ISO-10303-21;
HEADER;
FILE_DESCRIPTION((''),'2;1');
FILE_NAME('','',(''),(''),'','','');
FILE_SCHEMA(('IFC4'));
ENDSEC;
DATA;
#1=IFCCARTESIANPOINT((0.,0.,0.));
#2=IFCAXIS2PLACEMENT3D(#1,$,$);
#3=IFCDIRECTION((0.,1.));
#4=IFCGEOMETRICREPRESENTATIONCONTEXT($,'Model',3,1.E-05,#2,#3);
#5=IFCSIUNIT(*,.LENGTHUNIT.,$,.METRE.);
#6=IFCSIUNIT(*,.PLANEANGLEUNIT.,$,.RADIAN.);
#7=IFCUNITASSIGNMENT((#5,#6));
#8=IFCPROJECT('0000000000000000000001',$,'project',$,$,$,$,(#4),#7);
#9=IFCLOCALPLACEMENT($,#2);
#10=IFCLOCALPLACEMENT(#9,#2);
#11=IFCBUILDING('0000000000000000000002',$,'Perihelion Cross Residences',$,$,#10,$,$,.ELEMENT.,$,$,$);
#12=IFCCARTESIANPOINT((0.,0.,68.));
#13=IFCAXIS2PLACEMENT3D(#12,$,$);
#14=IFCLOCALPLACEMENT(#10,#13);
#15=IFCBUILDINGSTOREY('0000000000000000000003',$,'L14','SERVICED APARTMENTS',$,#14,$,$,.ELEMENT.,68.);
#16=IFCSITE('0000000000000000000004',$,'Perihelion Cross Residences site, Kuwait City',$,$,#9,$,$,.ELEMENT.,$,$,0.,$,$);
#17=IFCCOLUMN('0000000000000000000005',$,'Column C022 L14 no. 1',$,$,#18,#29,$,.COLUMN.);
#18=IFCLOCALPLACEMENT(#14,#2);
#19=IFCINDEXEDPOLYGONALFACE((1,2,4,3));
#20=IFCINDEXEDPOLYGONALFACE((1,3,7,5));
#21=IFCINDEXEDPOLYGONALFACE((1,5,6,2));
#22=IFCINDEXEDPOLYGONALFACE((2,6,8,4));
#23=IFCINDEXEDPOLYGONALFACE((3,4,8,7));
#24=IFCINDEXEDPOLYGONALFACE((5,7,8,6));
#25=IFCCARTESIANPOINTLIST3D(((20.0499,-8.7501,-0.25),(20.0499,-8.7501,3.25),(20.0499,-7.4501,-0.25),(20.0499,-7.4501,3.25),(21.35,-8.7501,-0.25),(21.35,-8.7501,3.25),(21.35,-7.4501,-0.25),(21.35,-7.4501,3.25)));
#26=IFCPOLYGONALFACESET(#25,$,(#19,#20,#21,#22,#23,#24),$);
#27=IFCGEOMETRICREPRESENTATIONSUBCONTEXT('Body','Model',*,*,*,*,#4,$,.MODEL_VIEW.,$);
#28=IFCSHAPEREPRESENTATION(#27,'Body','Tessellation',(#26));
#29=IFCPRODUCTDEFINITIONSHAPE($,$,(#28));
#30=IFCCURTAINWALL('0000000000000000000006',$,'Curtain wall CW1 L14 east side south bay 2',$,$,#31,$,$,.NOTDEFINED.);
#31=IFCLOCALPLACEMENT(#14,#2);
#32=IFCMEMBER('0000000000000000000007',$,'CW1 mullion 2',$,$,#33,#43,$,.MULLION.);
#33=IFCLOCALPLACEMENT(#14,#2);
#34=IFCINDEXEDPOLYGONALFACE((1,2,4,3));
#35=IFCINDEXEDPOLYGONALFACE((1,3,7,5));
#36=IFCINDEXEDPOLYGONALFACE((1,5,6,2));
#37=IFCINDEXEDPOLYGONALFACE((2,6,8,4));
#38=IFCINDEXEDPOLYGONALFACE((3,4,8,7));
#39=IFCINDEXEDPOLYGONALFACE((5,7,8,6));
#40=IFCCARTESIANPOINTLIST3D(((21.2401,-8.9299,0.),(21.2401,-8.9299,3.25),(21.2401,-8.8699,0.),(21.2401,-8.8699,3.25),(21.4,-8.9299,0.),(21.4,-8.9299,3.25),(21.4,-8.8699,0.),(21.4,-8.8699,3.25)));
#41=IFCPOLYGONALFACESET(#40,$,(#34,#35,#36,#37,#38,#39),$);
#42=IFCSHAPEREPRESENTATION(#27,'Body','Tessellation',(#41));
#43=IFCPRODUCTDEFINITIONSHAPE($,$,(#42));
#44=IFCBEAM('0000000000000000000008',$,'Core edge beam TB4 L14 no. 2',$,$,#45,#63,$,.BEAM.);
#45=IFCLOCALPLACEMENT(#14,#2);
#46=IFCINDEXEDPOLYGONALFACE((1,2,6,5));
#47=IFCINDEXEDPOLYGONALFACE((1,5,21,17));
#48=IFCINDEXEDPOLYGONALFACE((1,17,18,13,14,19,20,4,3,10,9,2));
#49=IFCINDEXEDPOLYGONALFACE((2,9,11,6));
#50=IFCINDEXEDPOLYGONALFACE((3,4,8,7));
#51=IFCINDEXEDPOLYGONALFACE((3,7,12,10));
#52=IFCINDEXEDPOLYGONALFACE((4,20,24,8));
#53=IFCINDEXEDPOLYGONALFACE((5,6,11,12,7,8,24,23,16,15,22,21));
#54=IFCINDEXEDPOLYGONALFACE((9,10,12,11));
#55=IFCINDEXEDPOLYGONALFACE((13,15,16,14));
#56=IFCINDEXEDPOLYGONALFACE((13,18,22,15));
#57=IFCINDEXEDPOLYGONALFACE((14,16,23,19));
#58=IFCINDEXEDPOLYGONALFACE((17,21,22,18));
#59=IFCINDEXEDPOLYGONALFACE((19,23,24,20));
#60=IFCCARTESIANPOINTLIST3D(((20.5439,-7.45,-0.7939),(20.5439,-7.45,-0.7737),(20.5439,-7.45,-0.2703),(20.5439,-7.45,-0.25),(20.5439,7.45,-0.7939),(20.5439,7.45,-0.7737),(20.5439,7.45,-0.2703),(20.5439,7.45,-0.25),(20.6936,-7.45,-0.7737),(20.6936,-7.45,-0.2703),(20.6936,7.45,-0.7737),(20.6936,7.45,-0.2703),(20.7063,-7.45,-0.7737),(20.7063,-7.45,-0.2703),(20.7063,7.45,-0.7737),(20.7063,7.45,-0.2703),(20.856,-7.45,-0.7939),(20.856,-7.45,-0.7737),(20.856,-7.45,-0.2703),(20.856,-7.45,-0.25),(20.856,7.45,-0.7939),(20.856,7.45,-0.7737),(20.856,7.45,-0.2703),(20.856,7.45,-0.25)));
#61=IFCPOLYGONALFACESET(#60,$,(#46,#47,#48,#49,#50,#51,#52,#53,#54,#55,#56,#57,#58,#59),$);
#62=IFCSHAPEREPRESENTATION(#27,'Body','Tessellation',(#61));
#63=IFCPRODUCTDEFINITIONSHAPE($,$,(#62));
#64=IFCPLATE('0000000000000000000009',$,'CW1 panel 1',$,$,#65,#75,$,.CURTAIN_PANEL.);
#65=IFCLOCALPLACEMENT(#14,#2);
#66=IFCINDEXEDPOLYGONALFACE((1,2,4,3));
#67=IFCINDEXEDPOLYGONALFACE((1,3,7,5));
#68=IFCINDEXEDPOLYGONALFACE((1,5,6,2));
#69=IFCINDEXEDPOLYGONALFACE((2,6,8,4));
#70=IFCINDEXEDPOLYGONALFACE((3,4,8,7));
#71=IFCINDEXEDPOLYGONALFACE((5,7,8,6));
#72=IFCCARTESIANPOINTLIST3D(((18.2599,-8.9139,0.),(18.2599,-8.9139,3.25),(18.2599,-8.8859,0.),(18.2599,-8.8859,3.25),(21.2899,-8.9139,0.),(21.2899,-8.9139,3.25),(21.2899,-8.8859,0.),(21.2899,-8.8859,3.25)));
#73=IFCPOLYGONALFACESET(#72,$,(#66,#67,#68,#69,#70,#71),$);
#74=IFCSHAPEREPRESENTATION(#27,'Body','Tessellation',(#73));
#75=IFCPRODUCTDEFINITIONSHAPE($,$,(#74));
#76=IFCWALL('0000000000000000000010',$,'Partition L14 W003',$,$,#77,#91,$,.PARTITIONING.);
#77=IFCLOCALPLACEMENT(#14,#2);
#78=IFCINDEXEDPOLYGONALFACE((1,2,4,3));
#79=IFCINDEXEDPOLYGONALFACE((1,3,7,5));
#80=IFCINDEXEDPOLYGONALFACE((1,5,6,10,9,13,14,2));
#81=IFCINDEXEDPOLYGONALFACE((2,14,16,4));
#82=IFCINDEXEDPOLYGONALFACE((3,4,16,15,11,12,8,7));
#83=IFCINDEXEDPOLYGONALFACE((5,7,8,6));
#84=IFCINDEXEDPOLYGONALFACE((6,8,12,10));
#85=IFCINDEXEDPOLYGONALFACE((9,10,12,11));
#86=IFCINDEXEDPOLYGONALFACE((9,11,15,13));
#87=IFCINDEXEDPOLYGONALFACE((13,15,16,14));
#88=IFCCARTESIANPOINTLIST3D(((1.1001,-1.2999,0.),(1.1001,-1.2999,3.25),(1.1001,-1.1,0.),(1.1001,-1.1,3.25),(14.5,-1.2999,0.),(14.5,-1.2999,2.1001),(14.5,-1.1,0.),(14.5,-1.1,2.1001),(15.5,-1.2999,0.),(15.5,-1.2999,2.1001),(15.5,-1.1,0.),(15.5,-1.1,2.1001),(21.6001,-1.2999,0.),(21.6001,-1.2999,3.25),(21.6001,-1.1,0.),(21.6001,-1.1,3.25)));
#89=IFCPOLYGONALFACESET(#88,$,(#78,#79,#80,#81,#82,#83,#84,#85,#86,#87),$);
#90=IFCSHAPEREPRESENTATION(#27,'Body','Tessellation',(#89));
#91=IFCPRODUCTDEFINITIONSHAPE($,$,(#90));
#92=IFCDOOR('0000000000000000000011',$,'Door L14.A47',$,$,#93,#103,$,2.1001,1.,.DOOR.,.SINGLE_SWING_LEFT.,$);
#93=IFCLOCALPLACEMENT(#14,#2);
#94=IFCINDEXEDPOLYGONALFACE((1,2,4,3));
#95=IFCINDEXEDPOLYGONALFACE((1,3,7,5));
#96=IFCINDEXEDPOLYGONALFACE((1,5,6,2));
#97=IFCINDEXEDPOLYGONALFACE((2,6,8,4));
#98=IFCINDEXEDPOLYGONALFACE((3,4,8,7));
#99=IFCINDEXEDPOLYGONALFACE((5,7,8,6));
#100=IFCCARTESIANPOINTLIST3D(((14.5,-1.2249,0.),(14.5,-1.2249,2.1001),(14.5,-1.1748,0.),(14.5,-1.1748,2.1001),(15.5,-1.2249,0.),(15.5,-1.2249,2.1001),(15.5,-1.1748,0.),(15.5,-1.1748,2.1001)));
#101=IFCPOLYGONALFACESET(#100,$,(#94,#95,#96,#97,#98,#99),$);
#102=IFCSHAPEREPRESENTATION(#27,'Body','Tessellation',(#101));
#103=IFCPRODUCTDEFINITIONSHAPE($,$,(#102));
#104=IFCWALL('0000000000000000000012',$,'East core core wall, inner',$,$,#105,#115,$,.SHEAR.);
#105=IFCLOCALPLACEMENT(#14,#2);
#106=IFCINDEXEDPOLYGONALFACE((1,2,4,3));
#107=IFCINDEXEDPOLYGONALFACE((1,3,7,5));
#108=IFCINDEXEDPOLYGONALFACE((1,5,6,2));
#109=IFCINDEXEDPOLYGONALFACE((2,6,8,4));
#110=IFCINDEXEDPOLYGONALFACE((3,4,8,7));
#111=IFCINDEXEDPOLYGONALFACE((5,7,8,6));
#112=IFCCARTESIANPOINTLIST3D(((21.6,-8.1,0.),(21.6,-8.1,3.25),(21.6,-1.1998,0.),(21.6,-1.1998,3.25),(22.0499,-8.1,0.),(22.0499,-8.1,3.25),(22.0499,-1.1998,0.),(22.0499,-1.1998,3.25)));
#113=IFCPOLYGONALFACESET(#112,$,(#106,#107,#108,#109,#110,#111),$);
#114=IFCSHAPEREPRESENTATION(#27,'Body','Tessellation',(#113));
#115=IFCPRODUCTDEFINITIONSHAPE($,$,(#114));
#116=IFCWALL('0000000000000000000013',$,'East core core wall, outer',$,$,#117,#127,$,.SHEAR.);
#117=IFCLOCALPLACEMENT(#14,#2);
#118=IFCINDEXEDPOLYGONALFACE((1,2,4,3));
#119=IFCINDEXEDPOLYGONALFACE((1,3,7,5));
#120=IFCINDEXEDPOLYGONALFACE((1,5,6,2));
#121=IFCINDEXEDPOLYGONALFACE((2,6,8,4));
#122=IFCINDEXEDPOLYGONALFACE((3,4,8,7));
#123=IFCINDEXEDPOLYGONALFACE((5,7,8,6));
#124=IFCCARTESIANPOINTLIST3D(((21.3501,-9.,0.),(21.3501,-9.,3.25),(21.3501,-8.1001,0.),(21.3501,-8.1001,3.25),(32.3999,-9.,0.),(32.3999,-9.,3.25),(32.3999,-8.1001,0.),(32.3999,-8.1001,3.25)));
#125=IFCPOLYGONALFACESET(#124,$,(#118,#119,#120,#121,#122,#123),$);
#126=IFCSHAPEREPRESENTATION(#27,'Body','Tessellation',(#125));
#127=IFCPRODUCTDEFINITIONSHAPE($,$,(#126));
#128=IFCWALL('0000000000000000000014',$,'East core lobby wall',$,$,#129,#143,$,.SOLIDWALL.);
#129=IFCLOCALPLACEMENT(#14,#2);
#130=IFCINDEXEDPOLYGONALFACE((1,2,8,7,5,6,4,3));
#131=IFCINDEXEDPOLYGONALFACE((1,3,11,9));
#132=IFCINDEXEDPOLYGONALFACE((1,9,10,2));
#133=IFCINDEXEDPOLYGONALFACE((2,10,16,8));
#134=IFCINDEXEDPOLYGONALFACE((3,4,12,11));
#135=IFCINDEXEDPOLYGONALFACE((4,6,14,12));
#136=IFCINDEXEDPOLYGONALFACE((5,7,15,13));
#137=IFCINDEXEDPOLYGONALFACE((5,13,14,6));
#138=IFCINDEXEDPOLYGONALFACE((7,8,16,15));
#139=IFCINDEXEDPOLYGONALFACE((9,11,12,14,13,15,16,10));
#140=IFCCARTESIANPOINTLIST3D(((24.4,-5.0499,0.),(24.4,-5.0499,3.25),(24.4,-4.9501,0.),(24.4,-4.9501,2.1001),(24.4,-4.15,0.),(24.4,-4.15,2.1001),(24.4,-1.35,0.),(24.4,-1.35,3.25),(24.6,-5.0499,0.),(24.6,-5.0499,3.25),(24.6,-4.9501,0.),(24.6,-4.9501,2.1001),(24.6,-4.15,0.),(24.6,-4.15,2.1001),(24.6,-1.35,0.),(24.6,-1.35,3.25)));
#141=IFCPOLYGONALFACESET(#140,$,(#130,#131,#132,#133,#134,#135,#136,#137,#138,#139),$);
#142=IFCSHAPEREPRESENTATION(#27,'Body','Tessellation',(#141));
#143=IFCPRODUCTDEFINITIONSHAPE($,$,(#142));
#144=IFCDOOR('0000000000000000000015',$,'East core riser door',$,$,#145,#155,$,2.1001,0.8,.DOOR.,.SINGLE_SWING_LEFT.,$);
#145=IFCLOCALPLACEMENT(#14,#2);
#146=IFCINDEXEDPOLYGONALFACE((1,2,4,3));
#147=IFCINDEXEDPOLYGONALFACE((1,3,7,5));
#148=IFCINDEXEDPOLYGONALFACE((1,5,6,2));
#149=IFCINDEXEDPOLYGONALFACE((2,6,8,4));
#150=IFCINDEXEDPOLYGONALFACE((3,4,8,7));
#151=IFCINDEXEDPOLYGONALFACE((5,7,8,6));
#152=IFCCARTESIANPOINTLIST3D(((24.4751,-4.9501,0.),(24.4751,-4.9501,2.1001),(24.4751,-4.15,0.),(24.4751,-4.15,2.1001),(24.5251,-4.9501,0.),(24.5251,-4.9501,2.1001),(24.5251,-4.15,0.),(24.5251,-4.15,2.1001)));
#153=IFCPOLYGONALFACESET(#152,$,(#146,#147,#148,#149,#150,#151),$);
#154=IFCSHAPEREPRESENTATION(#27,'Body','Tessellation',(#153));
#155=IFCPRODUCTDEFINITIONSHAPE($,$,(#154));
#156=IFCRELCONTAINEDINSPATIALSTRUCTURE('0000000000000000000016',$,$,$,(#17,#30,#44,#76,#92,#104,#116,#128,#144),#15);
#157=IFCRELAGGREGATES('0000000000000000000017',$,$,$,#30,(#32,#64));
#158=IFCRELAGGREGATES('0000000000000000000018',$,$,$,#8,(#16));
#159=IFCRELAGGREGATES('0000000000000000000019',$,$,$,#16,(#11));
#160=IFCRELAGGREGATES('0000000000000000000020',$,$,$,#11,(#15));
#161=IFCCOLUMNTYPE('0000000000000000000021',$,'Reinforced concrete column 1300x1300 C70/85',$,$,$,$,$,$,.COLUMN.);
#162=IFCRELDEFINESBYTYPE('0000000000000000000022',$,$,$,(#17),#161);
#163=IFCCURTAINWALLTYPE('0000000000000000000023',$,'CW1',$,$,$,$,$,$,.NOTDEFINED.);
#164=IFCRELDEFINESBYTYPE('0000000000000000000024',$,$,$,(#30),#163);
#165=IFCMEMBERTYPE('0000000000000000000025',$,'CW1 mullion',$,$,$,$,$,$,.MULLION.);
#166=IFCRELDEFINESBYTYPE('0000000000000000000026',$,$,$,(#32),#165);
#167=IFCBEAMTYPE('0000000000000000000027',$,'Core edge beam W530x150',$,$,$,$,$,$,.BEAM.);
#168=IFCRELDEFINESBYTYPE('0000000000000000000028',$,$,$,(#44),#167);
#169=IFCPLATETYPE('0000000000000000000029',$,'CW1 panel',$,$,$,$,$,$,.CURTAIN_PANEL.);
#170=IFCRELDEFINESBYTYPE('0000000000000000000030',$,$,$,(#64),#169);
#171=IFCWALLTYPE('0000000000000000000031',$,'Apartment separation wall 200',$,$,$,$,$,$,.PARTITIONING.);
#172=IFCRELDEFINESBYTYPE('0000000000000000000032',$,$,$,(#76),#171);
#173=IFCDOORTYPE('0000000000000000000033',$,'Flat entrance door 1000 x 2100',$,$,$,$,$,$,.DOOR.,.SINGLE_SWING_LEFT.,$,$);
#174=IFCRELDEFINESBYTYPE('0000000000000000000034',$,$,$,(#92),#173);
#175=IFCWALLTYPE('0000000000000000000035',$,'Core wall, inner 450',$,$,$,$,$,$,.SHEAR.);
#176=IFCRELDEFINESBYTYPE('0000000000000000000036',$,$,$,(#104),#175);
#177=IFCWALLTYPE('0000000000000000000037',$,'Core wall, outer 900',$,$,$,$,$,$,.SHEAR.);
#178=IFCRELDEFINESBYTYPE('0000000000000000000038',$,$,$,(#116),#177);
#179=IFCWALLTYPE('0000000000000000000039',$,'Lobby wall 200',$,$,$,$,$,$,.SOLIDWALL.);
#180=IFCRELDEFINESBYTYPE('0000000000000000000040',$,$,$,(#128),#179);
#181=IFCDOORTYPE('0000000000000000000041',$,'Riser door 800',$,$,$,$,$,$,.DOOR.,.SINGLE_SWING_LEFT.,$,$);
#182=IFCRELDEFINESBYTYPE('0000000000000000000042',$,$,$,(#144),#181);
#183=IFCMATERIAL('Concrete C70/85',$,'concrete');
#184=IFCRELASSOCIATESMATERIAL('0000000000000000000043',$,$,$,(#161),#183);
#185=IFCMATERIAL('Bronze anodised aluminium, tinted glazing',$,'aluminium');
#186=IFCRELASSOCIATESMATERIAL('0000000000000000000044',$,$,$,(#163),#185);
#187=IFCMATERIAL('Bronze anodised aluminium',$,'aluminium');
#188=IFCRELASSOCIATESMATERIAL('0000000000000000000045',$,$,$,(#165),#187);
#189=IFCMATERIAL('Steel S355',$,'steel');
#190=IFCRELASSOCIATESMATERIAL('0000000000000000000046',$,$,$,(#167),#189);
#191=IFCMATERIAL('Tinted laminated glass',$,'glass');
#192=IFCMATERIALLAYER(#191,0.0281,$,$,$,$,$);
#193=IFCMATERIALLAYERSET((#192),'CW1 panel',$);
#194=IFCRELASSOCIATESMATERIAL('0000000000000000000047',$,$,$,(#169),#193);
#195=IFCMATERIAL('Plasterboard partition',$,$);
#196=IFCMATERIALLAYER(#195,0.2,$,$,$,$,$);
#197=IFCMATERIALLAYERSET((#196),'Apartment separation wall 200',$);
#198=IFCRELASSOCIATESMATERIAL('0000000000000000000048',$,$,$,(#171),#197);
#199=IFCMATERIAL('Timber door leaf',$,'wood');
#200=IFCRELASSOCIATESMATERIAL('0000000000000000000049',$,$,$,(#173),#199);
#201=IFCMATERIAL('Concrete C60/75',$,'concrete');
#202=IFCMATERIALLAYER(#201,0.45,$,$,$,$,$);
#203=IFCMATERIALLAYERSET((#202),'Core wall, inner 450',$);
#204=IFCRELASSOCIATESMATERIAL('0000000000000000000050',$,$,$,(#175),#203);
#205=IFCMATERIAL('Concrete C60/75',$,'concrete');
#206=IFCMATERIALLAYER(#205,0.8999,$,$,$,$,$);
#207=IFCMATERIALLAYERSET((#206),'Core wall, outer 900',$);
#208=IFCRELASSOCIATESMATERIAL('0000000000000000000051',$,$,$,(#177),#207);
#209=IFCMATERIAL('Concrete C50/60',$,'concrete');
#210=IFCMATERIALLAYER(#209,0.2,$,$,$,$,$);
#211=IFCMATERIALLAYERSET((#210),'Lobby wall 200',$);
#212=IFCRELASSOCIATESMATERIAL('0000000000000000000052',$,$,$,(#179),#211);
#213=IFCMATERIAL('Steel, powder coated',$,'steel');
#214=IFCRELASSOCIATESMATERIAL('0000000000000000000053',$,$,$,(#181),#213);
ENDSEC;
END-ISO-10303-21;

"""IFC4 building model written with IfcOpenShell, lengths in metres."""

from ifc_helpers import new_model, si_unit, direction, frame, frame_2d, origin, origin_2d, place, context, subcontext, project, spatial, rectangle, i_section, extrude, material, layer, layer_set, material_profile, profile_set, type_object, element, fill, aggregate, save


model = new_model("IFC4")

# Units and contexts
model_context = context("Model", 3, precision=1e-05, world=origin(), true_north=direction((0.0, 1.0)))
body_context = subcontext(model_context, "Body", "Model", "MODEL_VIEW")
ifc_project = project(units=[si_unit("LENGTHUNIT", "METRE"), si_unit("PLANEANGLEUNIT", "RADIAN")], contexts=[model_context])

# Site, building, storey
site_placement = place(None, origin())
site = spatial("IfcSite", under=ifc_project, at=site_placement, Name="Perihelion Cross Residences site, Kuwait City", CompositionType="ELEMENT", RefElevation=0.0)
building_placement = place(site_placement, origin())
building = spatial("IfcBuilding", under=site, at=building_placement, Name="Perihelion Cross Residences", CompositionType="ELEMENT")
storey_placement = place(building_placement, frame((0.0, 0.0, 68.0)))
storey = spatial("IfcBuildingStorey", under=building, at=storey_placement, Name="L14", Description="SERVICED APARTMENTS", CompositionType="ELEMENT", Elevation=68.0)

# Column
ifc_material_1 = material(Name="Concrete C70/85", Category="concrete")
ifc_material_profile_1 = material_profile(ifc_material_1, rectangle(XDim=1.3, YDim=1.3, at=origin_2d()), Name="RC 1300x1300")
ifc_profile_set_1 = profile_set([ifc_material_profile_1], Name="Concrete C70/85")
column_type = type_object("IfcColumnType", Name="Reinforced concrete column 1300x1300 C70/85", PredefinedType="COLUMN", material=ifc_profile_set_1)
column_placement = place(storey_placement, frame((20.7, -8.1001, -0.25), z_axis=(0.0, 0.0, 1.0), x_axis=(1.0, 0.0, 0.0)))
element("IfcColumn", 1, at=column_placement, inside=storey, type_object=column_type, Name="Column C022 L14 no. 1", PredefinedType="COLUMN", context=body_context, shape_type="SweptSolid", body=[
    extrude(rectangle(XDim=1.3, YDim=1.3, at=origin_2d()), origin(), (0.0, 0.0, 1.0), 3.5),
])

# Curtain wall, member
ifc_material_2 = material(Name="Bronze anodised aluminium, tinted glazing", Category="aluminium")
curtain_wall_type = type_object("IfcCurtainWallType", Name="CW1", PredefinedType="NOTDEFINED", material=ifc_material_2)
curtain_wall_placement = place(storey_placement, origin())
curtain_wall = element("IfcCurtainWall", 2, at=curtain_wall_placement, inside=storey, type_object=curtain_wall_type, Name="Curtain wall CW1 L14 east side south bay 2", PredefinedType="NOTDEFINED")
ifc_material_3 = material(Name="Bronze anodised aluminium", Category="aluminium")
ifc_material_profile_2 = material_profile(ifc_material_3, rectangle(XDim=0.0601, YDim=0.1599, at=origin_2d()), Name="CW1 mullion")
ifc_profile_set_2 = profile_set([ifc_material_profile_2], Name="Bronze anodised aluminium")
member_type = type_object("IfcMemberType", Name="CW1 mullion", PredefinedType="MULLION", material=ifc_profile_set_2)
member_placement = place(storey_placement, frame((21.3201, -8.8999, 0.0), z_axis=(0.0, 0.0, 1.0), x_axis=(0.0, 1.0, 0.0)))
member = element("IfcMember", 3, at=member_placement, type_object=member_type, Name="CW1 mullion 2", PredefinedType="MULLION", context=body_context, shape_type="SweptSolid", body=[
    extrude(rectangle(XDim=0.0601, YDim=0.1599, at=origin_2d()), origin(), (0.0, 0.0, 1.0), 3.25),
])

# Beam
ifc_material_4 = material(Name="Steel S355", Category="steel")
ifc_material_profile_3 = material_profile(ifc_material_4, i_section(OverallWidth=0.312, OverallDepth=0.5439, WebThickness=0.0127, FlangeThickness=0.0203, at=origin_2d()), Name="W530x150")
ifc_profile_set_3 = profile_set([ifc_material_profile_3], Name="Steel S355")
beam_type = type_object("IfcBeamType", Name="Core edge beam W530x150", PredefinedType="BEAM", material=ifc_profile_set_3)
beam_placement = place(storey_placement, frame((20.7, -7.45, -0.522), z_axis=(0.0, 1.0, 0.0), x_axis=(-1.0, 0.0, 0.0)))
element("IfcBeam", 4, at=beam_placement, inside=storey, type_object=beam_type, Name="Core edge beam TB4 L14 no. 2", PredefinedType="BEAM", context=body_context, shape_type="SweptSolid", body=[
    extrude(i_section(OverallWidth=0.312, OverallDepth=0.5439, WebThickness=0.0127, FlangeThickness=0.0203, at=origin_2d()), origin(), (0.0, 0.0, 1.0), 14.8999),
])

# Plate
ifc_material_5 = material(Name="Tinted laminated glass", Category="glass")
ifc_layer_1 = layer(ifc_material_5, 0.0281)
ifc_layer_set_1 = layer_set([ifc_layer_1], Name="CW1 panel")
plate_type = type_object("IfcPlateType", Name="CW1 panel", PredefinedType="CURTAIN_PANEL", material=ifc_layer_set_1)
plate_placement = place(storey_placement, frame((19.7749, -8.8999, 0.0), z_axis=(0.0, 0.0, 1.0), x_axis=(1.0, 0.0, 0.0)))
plate = element("IfcPlate", 5, at=plate_placement, type_object=plate_type, Name="CW1 panel 1", PredefinedType="CURTAIN_PANEL", context=body_context, shape_type="SweptSolid", body=[
    extrude(rectangle(XDim=3.03, YDim=0.0281, at=origin_2d()), origin(), (0.0, 0.0, 1.0), 3.25),
])
aggregate(curtain_wall, [member, plate])

# Wall, opening, door
ifc_material_6 = material(Name="Plasterboard partition")
ifc_layer_2 = layer(ifc_material_6, 0.2)
ifc_layer_set_2 = layer_set([ifc_layer_2], Name="Apartment separation wall 200")
wall_type_1 = type_object("IfcWallType", Name="Apartment separation wall 200", PredefinedType="PARTITIONING", material=ifc_layer_set_2)
wall_1_placement = place(storey_placement, frame((21.6001, -1.2, 0.0), z_axis=(0.0, 0.0, 1.0), x_axis=(-1.0, 0.0, 0.0)))
wall_1 = element("IfcWall", 6, at=wall_1_placement, inside=storey, type_object=wall_type_1, Name="Partition L14 W003", PredefinedType="PARTITIONING", context=body_context, shape_type="SweptSolid", body=[
    extrude(rectangle(XDim=20.5, YDim=0.2, at=frame_2d((10.25, 0.0))), origin(), (0.0, 0.0, 1.0), 3.25),
])
opening_1_placement = place(wall_1_placement, frame((6.1001, 0.0, 0.0)))
opening_1 = element("IfcOpeningElement", 7, at=opening_1_placement, cuts=wall_1, PredefinedType="OPENING", context=body_context, shape_type="SweptSolid", body=[
    extrude(rectangle(XDim=1.0, YDim=2.1001, at=frame_2d((0.5, 1.05))), frame((0.0, 0.1099, 0.0), z_axis=(0.0, -1.0, 0.0), x_axis=(1.0, 0.0, 0.0)), (0.0, 0.0, 1.0), 0.22),
])
ifc_material_7 = material(Name="Timber door leaf", Category="wood")
door_type_1 = type_object("IfcDoorType", Name="Flat entrance door 1000 x 2100", OperationType="SINGLE_SWING_LEFT", PredefinedType="DOOR", material=ifc_material_7)
door_1_placement = place(opening_1_placement, origin())
door_1 = element("IfcDoor", 8, at=door_1_placement, inside=storey, type_object=door_type_1, Name="Door L14.A47", OperationType="SINGLE_SWING_LEFT", OverallHeight=2.1001, OverallWidth=1.0, PredefinedType="DOOR", context=body_context, shape_type="SweptSolid", body=[
    extrude(rectangle(XDim=1.0, YDim=2.1001, at=frame_2d((0.5, 1.05))), frame((0.0, 0.0249, 0.0), z_axis=(0.0, -1.0, 0.0), x_axis=(1.0, 0.0, 0.0)), (0.0, 0.0, 1.0), 0.05),
])
fill(opening_1, door_1)

# Walls
ifc_material_8 = material(Name="Concrete C60/75", Category="concrete")
ifc_layer_3 = layer(ifc_material_8, 0.45)
ifc_layer_set_3 = layer_set([ifc_layer_3], Name="Core wall, inner 450")
wall_type_2 = type_object("IfcWallType", Name="Core wall, inner 450", PredefinedType="SHEAR", material=ifc_layer_set_3)
wall_2_placement = place(storey_placement, frame((21.825, -8.1001, 0.0), z_axis=(0.0, 0.0, 1.0), x_axis=(0.0, 1.0, 0.0)))
element("IfcWall", 9, at=wall_2_placement, inside=storey, type_object=wall_type_2, Name="East core core wall, inner", PredefinedType="SHEAR", context=body_context, shape_type="SweptSolid", body=[
    extrude(rectangle(XDim=6.9001, YDim=0.45, at=frame_2d((3.4502, 0.0))), origin(), (0.0, 0.0, 1.0), 3.25),
])
ifc_material_9 = material(Name="Concrete C60/75", Category="concrete")
ifc_layer_4 = layer(ifc_material_9, 0.8999)
ifc_layer_set_4 = layer_set([ifc_layer_4], Name="Core wall, outer 900")
wall_type_3 = type_object("IfcWallType", Name="Core wall, outer 900", PredefinedType="SHEAR", material=ifc_layer_set_4)
wall_3_placement = place(storey_placement, frame((21.3501, -8.55, 0.0), z_axis=(0.0, 0.0, 1.0), x_axis=(1.0, 0.0, 0.0)))
element("IfcWall", 10, at=wall_3_placement, inside=storey, type_object=wall_type_3, Name="East core core wall, outer", PredefinedType="SHEAR", context=body_context, shape_type="SweptSolid", body=[
    extrude(rectangle(XDim=11.0498, YDim=0.8999, at=frame_2d((5.5249, 0.0))), origin(), (0.0, 0.0, 1.0), 3.25),
])

# Wall, opening, door
ifc_material_10 = material(Name="Concrete C50/60", Category="concrete")
ifc_layer_5 = layer(ifc_material_10, 0.2)
ifc_layer_set_5 = layer_set([ifc_layer_5], Name="Lobby wall 200")
wall_type_4 = type_object("IfcWallType", Name="Lobby wall 200", PredefinedType="SOLIDWALL", material=ifc_layer_set_5)
wall_4_placement = place(storey_placement, frame((24.5, -5.05, 0.0), z_axis=(0.0, 0.0, 1.0), x_axis=(0.0, 1.0, 0.0)))
wall_4 = element("IfcWall", 11, at=wall_4_placement, inside=storey, type_object=wall_type_4, Name="East core lobby wall", PredefinedType="SOLIDWALL", context=body_context, shape_type="SweptSolid", body=[
    extrude(rectangle(XDim=3.7, YDim=0.2, at=frame_2d((1.8501, 0.0))), origin(), (0.0, 0.0, 1.0), 3.25),
])
opening_2_placement = place(wall_4_placement, frame((0.1001, 0.0, 0.0)))
opening_2 = element("IfcOpeningElement", 12, at=opening_2_placement, cuts=wall_4, PredefinedType="OPENING", context=body_context, shape_type="SweptSolid", body=[
    extrude(rectangle(XDim=0.8, YDim=2.1001, at=frame_2d((0.3999, 1.05))), frame((0.0, 0.1099, 0.0), z_axis=(0.0, -1.0, 0.0), x_axis=(1.0, 0.0, 0.0)), (0.0, 0.0, 1.0), 0.22),
])
ifc_material_11 = material(Name="Steel, powder coated", Category="steel")
door_type_2 = type_object("IfcDoorType", Name="Riser door 800", OperationType="SINGLE_SWING_LEFT", PredefinedType="DOOR", material=ifc_material_11)
door_2_placement = place(opening_2_placement, origin())
door_2 = element("IfcDoor", 13, at=door_2_placement, inside=storey, type_object=door_type_2, Name="East core riser door", OperationType="SINGLE_SWING_LEFT", OverallHeight=2.1001, OverallWidth=0.8, PredefinedType="DOOR", context=body_context, shape_type="SweptSolid", body=[
    extrude(rectangle(XDim=0.8, YDim=2.1001, at=frame_2d((0.3999, 1.05))), frame((0.0, 0.0249, 0.0), z_axis=(0.0, -1.0, 0.0), x_axis=(1.0, 0.0, 0.0)), (0.0, 0.0, 1.0), 0.05),
])
fill(opening_2, door_2)

save(model, "model.ifc")
